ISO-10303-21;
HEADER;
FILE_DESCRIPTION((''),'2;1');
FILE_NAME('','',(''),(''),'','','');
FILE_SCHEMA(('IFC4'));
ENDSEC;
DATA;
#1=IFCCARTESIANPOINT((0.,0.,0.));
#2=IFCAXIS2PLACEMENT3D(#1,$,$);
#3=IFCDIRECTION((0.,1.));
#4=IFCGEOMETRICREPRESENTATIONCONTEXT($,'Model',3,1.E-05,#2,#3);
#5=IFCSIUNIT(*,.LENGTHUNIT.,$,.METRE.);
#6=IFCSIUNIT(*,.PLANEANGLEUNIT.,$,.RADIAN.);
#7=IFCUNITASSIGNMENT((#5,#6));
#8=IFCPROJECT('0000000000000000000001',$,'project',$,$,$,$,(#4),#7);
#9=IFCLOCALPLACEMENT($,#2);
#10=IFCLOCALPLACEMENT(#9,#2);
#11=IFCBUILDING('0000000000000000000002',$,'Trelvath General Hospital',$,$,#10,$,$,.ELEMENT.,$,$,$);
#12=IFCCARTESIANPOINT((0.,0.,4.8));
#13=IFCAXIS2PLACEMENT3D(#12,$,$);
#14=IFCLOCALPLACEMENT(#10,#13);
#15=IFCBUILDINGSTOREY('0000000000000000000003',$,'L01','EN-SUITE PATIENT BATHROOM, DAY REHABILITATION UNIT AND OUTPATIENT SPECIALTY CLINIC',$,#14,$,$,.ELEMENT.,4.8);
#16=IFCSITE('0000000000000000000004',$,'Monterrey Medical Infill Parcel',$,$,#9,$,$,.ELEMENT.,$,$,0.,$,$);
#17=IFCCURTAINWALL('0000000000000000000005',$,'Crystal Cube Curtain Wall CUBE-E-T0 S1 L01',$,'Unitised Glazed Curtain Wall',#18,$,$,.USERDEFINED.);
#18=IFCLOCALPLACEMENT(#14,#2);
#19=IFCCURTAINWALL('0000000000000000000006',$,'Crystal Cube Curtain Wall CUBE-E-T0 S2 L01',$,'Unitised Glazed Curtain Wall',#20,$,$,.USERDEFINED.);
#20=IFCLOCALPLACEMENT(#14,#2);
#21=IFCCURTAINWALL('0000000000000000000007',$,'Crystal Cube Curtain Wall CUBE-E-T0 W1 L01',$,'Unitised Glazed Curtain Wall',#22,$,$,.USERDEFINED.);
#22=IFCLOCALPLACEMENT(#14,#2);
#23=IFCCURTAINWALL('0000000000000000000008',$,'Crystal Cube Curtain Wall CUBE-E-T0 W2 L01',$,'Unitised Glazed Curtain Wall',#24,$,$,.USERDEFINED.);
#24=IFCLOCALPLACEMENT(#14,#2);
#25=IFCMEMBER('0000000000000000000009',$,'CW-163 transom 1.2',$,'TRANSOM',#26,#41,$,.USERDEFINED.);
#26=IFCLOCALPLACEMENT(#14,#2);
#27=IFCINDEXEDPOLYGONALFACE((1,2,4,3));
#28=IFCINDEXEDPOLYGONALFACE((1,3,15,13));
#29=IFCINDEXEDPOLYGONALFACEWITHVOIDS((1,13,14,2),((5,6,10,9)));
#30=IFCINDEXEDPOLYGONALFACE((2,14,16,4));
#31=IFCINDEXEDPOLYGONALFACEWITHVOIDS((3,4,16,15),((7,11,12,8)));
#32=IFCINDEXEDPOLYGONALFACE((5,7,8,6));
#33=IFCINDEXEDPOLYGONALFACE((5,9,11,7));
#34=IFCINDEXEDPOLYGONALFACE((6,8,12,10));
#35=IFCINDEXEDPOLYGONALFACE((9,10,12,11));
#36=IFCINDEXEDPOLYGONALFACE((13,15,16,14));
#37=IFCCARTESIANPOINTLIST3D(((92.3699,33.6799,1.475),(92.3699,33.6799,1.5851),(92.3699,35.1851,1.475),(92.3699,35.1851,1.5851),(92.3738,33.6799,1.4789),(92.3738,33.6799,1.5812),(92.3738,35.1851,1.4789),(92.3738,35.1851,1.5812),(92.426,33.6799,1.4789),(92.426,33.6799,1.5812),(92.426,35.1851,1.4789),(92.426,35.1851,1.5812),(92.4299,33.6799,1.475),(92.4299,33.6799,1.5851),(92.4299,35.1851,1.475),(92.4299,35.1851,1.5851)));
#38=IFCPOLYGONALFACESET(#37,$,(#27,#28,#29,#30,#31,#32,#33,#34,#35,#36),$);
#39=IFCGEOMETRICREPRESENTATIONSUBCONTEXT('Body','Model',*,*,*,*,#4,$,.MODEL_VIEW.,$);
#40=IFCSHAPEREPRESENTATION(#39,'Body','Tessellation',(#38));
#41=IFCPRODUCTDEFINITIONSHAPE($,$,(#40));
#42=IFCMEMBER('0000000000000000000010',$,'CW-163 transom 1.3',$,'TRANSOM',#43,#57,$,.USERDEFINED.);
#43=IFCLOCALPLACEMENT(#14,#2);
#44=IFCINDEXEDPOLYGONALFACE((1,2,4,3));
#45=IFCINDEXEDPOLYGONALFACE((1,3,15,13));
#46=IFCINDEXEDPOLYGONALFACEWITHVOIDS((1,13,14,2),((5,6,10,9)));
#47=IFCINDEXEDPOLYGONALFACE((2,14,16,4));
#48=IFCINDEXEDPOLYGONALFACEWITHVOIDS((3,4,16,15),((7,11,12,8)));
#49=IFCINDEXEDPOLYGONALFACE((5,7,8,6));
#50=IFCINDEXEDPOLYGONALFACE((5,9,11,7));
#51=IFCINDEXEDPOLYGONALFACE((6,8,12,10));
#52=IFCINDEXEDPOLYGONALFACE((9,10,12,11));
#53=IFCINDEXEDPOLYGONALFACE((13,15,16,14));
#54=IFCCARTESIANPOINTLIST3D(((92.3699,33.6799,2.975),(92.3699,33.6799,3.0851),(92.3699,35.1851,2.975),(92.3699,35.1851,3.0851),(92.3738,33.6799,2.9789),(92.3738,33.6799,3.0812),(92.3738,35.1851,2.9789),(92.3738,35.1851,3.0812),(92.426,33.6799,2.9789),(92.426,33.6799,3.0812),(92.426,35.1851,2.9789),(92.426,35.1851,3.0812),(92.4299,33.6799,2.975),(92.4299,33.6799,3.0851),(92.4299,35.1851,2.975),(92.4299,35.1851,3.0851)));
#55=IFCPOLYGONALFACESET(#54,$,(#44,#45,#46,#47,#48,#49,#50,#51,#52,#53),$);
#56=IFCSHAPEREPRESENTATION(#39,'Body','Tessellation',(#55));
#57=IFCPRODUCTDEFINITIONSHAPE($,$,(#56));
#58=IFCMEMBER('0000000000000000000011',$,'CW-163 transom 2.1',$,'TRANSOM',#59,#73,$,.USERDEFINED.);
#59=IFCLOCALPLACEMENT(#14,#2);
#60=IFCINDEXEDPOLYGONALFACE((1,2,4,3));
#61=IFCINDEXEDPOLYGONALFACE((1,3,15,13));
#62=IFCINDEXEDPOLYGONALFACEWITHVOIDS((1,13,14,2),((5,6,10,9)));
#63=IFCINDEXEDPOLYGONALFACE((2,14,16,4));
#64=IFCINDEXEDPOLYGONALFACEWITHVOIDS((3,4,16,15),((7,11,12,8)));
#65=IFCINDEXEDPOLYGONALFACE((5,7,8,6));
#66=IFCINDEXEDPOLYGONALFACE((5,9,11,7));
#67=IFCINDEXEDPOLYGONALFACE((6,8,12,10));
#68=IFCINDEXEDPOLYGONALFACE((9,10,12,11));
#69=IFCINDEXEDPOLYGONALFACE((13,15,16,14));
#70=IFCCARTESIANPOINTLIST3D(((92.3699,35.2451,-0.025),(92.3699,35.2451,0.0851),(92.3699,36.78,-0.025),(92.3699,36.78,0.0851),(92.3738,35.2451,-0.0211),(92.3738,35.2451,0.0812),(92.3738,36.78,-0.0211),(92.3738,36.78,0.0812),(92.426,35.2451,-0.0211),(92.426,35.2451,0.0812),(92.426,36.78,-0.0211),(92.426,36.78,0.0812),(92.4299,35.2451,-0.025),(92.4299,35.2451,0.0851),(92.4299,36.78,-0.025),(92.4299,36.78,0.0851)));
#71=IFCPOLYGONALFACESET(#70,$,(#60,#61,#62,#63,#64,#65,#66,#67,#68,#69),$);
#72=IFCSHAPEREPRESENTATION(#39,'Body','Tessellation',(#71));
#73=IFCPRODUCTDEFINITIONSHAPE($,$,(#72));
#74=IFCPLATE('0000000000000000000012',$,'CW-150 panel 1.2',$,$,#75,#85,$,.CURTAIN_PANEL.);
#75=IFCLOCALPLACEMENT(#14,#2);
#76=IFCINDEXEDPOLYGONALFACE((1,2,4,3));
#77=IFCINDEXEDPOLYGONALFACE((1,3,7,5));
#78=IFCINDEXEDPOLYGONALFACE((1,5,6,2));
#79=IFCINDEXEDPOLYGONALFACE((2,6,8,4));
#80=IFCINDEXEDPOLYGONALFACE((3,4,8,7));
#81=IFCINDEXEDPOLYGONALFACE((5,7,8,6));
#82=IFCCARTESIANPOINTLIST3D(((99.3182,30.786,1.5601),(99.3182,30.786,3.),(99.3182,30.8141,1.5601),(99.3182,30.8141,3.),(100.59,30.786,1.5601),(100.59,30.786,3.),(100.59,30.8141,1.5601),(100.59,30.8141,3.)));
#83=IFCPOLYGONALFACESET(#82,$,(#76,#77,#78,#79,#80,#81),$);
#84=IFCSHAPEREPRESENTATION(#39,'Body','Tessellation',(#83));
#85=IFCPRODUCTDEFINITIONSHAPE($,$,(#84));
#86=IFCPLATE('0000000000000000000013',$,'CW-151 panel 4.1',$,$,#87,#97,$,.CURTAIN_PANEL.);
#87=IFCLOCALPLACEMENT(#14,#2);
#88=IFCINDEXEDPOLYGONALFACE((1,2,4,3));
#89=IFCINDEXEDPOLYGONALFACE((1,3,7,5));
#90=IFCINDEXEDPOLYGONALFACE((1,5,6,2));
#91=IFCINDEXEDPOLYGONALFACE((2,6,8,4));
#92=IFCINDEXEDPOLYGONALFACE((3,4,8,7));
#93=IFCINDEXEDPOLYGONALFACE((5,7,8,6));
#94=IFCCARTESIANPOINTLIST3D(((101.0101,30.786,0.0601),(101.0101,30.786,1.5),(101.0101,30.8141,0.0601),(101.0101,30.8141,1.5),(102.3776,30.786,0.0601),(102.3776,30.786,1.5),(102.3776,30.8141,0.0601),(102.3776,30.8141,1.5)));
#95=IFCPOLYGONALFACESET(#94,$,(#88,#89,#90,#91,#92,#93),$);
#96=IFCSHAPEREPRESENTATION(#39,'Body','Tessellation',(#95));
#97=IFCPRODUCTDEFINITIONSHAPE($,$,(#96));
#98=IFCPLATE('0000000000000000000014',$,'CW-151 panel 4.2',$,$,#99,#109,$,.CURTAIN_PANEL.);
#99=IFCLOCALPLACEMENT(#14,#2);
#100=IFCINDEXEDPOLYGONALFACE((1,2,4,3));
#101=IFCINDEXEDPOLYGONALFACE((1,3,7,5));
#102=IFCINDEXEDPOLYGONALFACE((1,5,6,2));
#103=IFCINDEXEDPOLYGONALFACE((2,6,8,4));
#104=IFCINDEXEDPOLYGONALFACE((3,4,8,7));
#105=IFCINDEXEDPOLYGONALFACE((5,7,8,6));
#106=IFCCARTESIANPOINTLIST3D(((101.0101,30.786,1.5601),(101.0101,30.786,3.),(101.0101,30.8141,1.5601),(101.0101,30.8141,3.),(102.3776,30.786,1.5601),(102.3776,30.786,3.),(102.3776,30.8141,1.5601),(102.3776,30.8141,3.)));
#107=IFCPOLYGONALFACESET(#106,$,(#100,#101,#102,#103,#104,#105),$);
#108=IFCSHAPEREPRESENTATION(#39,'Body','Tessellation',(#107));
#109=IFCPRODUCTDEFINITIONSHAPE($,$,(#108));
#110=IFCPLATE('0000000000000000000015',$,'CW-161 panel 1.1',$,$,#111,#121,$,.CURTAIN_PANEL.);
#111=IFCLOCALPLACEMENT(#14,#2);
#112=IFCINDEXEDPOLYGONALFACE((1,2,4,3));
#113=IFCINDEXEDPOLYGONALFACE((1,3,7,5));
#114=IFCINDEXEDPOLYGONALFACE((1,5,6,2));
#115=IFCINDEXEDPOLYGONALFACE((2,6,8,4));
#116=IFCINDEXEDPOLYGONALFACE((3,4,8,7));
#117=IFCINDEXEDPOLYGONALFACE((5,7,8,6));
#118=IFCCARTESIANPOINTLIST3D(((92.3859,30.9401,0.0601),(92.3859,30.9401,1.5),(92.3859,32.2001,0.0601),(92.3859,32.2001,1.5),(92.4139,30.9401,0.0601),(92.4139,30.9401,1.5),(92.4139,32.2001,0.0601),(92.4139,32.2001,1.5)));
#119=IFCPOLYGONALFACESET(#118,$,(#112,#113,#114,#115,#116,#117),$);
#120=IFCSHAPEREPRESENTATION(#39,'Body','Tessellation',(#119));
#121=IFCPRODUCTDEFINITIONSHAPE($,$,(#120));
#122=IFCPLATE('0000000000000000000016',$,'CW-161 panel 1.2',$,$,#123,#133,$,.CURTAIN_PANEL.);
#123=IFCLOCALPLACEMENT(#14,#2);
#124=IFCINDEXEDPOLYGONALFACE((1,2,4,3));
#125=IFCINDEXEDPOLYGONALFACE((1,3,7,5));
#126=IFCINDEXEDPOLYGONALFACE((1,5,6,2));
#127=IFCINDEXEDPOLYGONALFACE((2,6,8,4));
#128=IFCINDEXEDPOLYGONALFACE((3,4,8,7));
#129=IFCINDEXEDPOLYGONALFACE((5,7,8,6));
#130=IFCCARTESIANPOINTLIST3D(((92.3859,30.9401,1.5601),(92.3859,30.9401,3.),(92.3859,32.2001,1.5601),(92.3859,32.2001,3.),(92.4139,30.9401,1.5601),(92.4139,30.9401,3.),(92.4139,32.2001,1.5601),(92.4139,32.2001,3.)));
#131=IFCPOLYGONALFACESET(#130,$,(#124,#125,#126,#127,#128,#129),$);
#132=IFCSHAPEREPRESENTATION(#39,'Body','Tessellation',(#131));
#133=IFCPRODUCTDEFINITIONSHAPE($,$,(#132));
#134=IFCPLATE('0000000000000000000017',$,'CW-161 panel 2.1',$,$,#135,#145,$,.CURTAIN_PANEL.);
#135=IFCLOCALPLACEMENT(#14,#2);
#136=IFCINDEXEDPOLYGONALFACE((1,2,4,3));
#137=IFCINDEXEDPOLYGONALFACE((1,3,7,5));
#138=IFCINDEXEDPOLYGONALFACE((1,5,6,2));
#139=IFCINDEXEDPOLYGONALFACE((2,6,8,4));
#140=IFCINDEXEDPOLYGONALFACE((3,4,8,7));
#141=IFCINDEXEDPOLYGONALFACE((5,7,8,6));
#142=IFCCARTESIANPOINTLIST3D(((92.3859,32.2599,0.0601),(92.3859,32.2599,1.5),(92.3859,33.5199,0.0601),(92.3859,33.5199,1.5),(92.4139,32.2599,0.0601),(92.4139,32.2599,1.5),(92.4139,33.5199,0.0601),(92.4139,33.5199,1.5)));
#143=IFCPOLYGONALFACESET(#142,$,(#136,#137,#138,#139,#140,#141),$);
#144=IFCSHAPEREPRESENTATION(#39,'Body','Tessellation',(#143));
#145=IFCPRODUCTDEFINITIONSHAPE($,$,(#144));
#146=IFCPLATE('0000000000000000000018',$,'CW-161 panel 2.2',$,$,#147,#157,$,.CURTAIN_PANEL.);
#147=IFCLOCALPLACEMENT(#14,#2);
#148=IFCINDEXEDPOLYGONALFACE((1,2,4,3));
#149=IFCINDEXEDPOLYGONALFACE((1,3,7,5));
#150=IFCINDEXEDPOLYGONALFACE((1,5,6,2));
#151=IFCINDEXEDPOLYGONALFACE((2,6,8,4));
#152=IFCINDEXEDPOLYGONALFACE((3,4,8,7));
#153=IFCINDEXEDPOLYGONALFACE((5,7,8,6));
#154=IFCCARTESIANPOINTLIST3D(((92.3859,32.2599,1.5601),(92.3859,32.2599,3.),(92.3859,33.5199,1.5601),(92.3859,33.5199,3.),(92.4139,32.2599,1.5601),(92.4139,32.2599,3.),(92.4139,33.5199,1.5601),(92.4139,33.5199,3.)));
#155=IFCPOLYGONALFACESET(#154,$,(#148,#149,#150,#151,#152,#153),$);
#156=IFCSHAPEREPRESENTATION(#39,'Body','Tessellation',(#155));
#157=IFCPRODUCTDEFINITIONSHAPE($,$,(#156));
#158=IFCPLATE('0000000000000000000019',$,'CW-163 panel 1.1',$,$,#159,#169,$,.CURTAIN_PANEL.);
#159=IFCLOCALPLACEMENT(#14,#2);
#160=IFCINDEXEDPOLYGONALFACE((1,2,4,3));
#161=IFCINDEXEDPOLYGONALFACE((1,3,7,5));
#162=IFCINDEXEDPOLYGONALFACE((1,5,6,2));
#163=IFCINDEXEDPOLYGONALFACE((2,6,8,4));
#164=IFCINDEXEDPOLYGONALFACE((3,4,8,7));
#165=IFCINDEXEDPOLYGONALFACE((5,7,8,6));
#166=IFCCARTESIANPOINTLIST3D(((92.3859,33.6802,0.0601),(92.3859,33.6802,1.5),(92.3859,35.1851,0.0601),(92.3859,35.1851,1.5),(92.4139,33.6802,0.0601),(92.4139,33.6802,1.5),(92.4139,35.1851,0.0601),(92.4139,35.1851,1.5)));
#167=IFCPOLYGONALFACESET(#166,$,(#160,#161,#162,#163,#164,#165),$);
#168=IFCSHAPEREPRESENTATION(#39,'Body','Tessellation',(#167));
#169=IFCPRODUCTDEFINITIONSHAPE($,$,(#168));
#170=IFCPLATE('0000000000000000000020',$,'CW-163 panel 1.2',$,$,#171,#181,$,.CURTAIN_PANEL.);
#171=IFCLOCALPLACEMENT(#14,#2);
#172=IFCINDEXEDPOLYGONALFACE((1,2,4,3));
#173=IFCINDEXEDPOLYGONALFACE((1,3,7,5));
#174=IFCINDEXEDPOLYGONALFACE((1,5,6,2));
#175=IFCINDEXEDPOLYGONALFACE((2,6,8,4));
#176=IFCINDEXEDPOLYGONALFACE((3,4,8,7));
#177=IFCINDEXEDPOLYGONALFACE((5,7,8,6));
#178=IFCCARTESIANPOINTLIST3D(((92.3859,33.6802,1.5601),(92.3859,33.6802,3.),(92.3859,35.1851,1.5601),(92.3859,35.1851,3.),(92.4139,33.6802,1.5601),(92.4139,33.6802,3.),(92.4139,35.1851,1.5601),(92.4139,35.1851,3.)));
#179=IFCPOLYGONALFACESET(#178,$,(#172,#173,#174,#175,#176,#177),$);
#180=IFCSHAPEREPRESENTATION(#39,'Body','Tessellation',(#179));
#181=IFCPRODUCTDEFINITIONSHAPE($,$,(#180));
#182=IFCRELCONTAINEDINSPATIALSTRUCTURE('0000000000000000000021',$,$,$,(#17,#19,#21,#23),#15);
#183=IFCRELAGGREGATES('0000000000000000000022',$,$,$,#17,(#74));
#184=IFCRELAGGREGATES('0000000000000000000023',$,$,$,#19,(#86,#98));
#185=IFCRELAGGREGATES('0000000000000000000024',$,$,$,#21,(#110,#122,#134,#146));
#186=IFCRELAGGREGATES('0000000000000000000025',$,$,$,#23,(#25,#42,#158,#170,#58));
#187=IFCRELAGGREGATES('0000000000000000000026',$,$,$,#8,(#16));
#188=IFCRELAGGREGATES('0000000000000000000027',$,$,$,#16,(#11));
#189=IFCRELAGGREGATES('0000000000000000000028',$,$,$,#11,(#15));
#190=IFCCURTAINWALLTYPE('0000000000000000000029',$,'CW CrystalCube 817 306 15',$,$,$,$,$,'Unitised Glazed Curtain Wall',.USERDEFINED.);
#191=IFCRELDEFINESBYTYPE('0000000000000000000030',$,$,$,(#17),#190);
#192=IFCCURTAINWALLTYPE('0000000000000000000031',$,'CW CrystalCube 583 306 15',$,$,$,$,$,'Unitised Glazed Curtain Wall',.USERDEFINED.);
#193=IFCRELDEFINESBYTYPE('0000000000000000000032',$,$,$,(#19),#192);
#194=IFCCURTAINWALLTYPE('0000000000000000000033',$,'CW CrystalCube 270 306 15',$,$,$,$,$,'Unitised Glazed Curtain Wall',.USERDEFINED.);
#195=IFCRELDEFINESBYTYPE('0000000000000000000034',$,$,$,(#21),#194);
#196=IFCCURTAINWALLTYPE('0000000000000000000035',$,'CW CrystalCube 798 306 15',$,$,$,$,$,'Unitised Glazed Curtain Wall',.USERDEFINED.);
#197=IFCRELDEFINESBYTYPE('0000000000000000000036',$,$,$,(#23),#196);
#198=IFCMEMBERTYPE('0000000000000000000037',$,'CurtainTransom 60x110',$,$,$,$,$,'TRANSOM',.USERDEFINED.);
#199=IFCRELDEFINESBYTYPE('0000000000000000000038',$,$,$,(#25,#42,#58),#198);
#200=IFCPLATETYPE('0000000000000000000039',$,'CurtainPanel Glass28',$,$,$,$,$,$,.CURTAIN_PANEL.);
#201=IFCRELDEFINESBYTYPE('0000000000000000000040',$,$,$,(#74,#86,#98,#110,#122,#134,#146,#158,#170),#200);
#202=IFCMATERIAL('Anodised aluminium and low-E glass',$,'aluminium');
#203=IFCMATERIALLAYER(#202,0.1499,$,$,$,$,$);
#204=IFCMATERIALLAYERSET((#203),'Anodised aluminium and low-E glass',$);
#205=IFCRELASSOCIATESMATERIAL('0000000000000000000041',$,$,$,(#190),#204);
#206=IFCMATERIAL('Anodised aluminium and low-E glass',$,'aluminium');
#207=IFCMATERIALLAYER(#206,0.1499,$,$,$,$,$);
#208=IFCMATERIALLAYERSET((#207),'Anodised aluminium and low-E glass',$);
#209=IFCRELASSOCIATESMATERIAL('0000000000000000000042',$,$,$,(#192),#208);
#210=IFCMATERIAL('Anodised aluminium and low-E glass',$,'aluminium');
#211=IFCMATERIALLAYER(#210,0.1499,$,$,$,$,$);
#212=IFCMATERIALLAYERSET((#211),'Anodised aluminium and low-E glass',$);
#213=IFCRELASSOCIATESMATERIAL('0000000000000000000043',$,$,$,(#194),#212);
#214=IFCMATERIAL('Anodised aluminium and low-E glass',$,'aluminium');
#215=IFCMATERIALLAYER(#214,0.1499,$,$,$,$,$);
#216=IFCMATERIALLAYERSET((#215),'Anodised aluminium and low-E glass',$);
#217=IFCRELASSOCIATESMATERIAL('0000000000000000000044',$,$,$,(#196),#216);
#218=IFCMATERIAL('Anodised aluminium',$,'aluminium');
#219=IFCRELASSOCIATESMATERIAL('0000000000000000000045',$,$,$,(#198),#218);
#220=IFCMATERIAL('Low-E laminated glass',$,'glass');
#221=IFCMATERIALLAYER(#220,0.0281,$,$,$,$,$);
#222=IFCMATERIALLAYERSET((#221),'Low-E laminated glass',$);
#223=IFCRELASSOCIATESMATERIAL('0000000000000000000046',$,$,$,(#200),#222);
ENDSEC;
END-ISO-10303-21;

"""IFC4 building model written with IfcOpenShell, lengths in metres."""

from ifc_helpers import new_model, si_unit, direction, frame, origin, origin_2d, place, context, subcontext, project, spatial, rectangle, hollow_rectangle, extrude, material, layer, layer_set, material_profile, profile_set, type_object, element, aggregate, save


model = new_model("IFC4")

# Units and contexts
model_context = context("Model", 3, precision=1e-05, world=origin(), true_north=direction((0.0, 1.0)))
body_context = subcontext(model_context, "Body", "Model", "MODEL_VIEW")
ifc_project = project(units=[si_unit("LENGTHUNIT", "METRE"), si_unit("PLANEANGLEUNIT", "RADIAN")], contexts=[model_context])

# Site, building, storey
site_placement = place(None, origin())
site = spatial("IfcSite", under=ifc_project, at=site_placement, Name="Monterrey Medical Infill Parcel", CompositionType="ELEMENT", RefElevation=0.0)
building_placement = place(site_placement, origin())
building = spatial("IfcBuilding", under=site, at=building_placement, Name="Trelvath General Hospital", CompositionType="ELEMENT")
storey_placement = place(building_placement, frame((0.0, 0.0, 4.8)))
storey = spatial("IfcBuildingStorey", under=building, at=storey_placement, Name="L01", Description="EN-SUITE PATIENT BATHROOM, DAY REHABILITATION UNIT AND OUTPATIENT SPECIALTY CLINIC", CompositionType="ELEMENT", Elevation=4.8)

# Curtain walls
ifc_material_1 = material(Name="Anodised aluminium and low-E glass", Category="aluminium")
ifc_layer_1 = layer(ifc_material_1, 0.1499)
ifc_layer_set_1 = layer_set([ifc_layer_1], Name="Anodised aluminium and low-E glass")
curtain_wall_type_1 = type_object("IfcCurtainWallType", Name="CW CrystalCube 817 306 15", ElementType="Unitised Glazed Curtain Wall", PredefinedType="USERDEFINED", material=ifc_layer_set_1)
curtain_wall_1_placement = place(storey_placement, origin())
curtain_wall_1 = element("IfcCurtainWall", 1, at=curtain_wall_1_placement, inside=storey, type_object=curtain_wall_type_1, Name="Crystal Cube Curtain Wall CUBE-E-T0 S1 L01", ObjectType="Unitised Glazed Curtain Wall", PredefinedType="USERDEFINED")
ifc_material_2 = material(Name="Anodised aluminium and low-E glass", Category="aluminium")
ifc_layer_2 = layer(ifc_material_2, 0.1499)
ifc_layer_set_2 = layer_set([ifc_layer_2], Name="Anodised aluminium and low-E glass")
curtain_wall_type_2 = type_object("IfcCurtainWallType", Name="CW CrystalCube 583 306 15", ElementType="Unitised Glazed Curtain Wall", PredefinedType="USERDEFINED", material=ifc_layer_set_2)
curtain_wall_2_placement = place(storey_placement, origin())
curtain_wall_2 = element("IfcCurtainWall", 2, at=curtain_wall_2_placement, inside=storey, type_object=curtain_wall_type_2, Name="Crystal Cube Curtain Wall CUBE-E-T0 S2 L01", ObjectType="Unitised Glazed Curtain Wall", PredefinedType="USERDEFINED")

# Curtain walls
ifc_material_3 = material(Name="Anodised aluminium and low-E glass", Category="aluminium")
ifc_layer_3 = layer(ifc_material_3, 0.1499)
ifc_layer_set_3 = layer_set([ifc_layer_3], Name="Anodised aluminium and low-E glass")
curtain_wall_type_3 = type_object("IfcCurtainWallType", Name="CW CrystalCube 270 306 15", ElementType="Unitised Glazed Curtain Wall", PredefinedType="USERDEFINED", material=ifc_layer_set_3)
curtain_wall_3_placement = place(storey_placement, origin())
curtain_wall_3 = element("IfcCurtainWall", 3, at=curtain_wall_3_placement, inside=storey, type_object=curtain_wall_type_3, Name="Crystal Cube Curtain Wall CUBE-E-T0 W1 L01", ObjectType="Unitised Glazed Curtain Wall", PredefinedType="USERDEFINED")
ifc_material_4 = material(Name="Anodised aluminium and low-E glass", Category="aluminium")
ifc_layer_4 = layer(ifc_material_4, 0.1499)
ifc_layer_set_4 = layer_set([ifc_layer_4], Name="Anodised aluminium and low-E glass")
curtain_wall_type_4 = type_object("IfcCurtainWallType", Name="CW CrystalCube 798 306 15", ElementType="Unitised Glazed Curtain Wall", PredefinedType="USERDEFINED", material=ifc_layer_set_4)
curtain_wall_4_placement = place(storey_placement, origin())
curtain_wall_4 = element("IfcCurtainWall", 4, at=curtain_wall_4_placement, inside=storey, type_object=curtain_wall_type_4, Name="Crystal Cube Curtain Wall CUBE-E-T0 W2 L01", ObjectType="Unitised Glazed Curtain Wall", PredefinedType="USERDEFINED")

# Members
ifc_material_5 = material(Name="Anodised aluminium", Category="aluminium")
ifc_material_profile_1 = material_profile(ifc_material_5, hollow_rectangle(XDim=0.0601, YDim=0.1101, WallThickness=0.0039, at=origin_2d()), Name="RHS60x110x4")
ifc_profile_set_1 = profile_set([ifc_material_profile_1], Name="Anodised aluminium")
member_type_1 = type_object("IfcMemberType", Name="CurtainTransom 60x110", ElementType="TRANSOM", PredefinedType="USERDEFINED", material=ifc_profile_set_1)
member_1_placement = place(storey_placement, frame((92.3999, 33.6799, 1.53), z_axis=(0.0, 1.0, 0.0), x_axis=(-1.0, 0.0, 0.0)))
member_1 = element("IfcMember", 5, at=member_1_placement, type_object=member_type_1, Name="CW-163 transom 1.2", ObjectType="TRANSOM", PredefinedType="USERDEFINED", context=body_context, shape_type="SweptSolid", body=[
    extrude(hollow_rectangle(XDim=0.0601, YDim=0.1101, WallThickness=0.0039, at=origin_2d()), origin(), (0.0, 0.0, 1.0), 1.5051),
])
member_2_placement = place(storey_placement, frame((92.3999, 33.6799, 3.03), z_axis=(0.0, 1.0, 0.0), x_axis=(-1.0, 0.0, 0.0)))
member_2 = element("IfcMember", 6, at=member_2_placement, type_object=member_type_1, Name="CW-163 transom 1.3", ObjectType="TRANSOM", PredefinedType="USERDEFINED", context=body_context, shape_type="SweptSolid", body=[
    extrude(hollow_rectangle(XDim=0.0601, YDim=0.1101, WallThickness=0.0039, at=origin_2d()), origin(), (0.0, 0.0, 1.0), 1.5051),
])
member_3_placement = place(storey_placement, frame((92.3999, 35.2451, 0.03), z_axis=(0.0, 1.0, 0.0), x_axis=(-1.0, 0.0, 0.0)))
member_3 = element("IfcMember", 7, at=member_3_placement, type_object=member_type_1, Name="CW-163 transom 2.1", ObjectType="TRANSOM", PredefinedType="USERDEFINED", context=body_context, shape_type="SweptSolid", body=[
    extrude(hollow_rectangle(XDim=0.0601, YDim=0.1101, WallThickness=0.0039, at=origin_2d()), origin(), (0.0, 0.0, 1.0), 1.5349),
])

# Plates
ifc_material_6 = material(Name="Low-E laminated glass", Category="glass")
ifc_layer_5 = layer(ifc_material_6, 0.0281)
ifc_layer_set_5 = layer_set([ifc_layer_5], Name="Low-E laminated glass")
plate_type = type_object("IfcPlateType", Name="CurtainPanel Glass28", PredefinedType="CURTAIN_PANEL", material=ifc_layer_set_5)
plate_1_placement = place(storey_placement, frame((99.9541, 30.8, 1.5601), z_axis=(0.0, 0.0, 1.0), x_axis=(-1.0, 0.0, 0.0)))
plate_1 = element("IfcPlate", 8, at=plate_1_placement, type_object=plate_type, Name="CW-150 panel 1.2", PredefinedType="CURTAIN_PANEL", context=body_context, shape_type="SweptSolid", body=[
    extrude(rectangle(XDim=1.2717, YDim=0.0281, at=origin_2d()), origin(), (0.0, 0.0, 1.0), 1.4399),
])
aggregate(curtain_wall_1, [plate_1])
plate_2_placement = place(storey_placement, frame((101.6938, 30.8, 0.0601), z_axis=(0.0, 0.0, 1.0), x_axis=(-1.0, 0.0, 0.0)))
plate_2 = element("IfcPlate", 9, at=plate_2_placement, type_object=plate_type, Name="CW-151 panel 4.1", PredefinedType="CURTAIN_PANEL", context=body_context, shape_type="SweptSolid", body=[
    extrude(rectangle(XDim=1.3674, YDim=0.0281, at=origin_2d()), origin(), (0.0, 0.0, 1.0), 1.4399),
])
plate_3_placement = place(storey_placement, frame((101.6938, 30.8, 1.5601), z_axis=(0.0, 0.0, 1.0), x_axis=(-1.0, 0.0, 0.0)))
plate_3 = element("IfcPlate", 10, at=plate_3_placement, type_object=plate_type, Name="CW-151 panel 4.2", PredefinedType="CURTAIN_PANEL", context=body_context, shape_type="SweptSolid", body=[
    extrude(rectangle(XDim=1.3674, YDim=0.0281, at=origin_2d()), origin(), (0.0, 0.0, 1.0), 1.4399),
])
aggregate(curtain_wall_2, [plate_2, plate_3])
plate_4_placement = place(storey_placement, frame((92.3999, 31.5701, 0.0601), z_axis=(0.0, 0.0, 1.0), x_axis=(0.0, 1.0, 0.0)))
plate_4 = element("IfcPlate", 11, at=plate_4_placement, type_object=plate_type, Name="CW-161 panel 1.1", PredefinedType="CURTAIN_PANEL", context=body_context, shape_type="SweptSolid", body=[
    extrude(rectangle(XDim=1.26, YDim=0.0281, at=origin_2d()), origin(), (0.0, 0.0, 1.0), 1.4399),
])
plate_5_placement = place(storey_placement, frame((92.3999, 31.5701, 1.5601), z_axis=(0.0, 0.0, 1.0), x_axis=(0.0, 1.0, 0.0)))
plate_5 = element("IfcPlate", 12, at=plate_5_placement, type_object=plate_type, Name="CW-161 panel 1.2", PredefinedType="CURTAIN_PANEL", context=body_context, shape_type="SweptSolid", body=[
    extrude(rectangle(XDim=1.26, YDim=0.0281, at=origin_2d()), origin(), (0.0, 0.0, 1.0), 1.4399),
])
plate_6_placement = place(storey_placement, frame((92.3999, 32.8899, 0.0601), z_axis=(0.0, 0.0, 1.0), x_axis=(0.0, 1.0, 0.0)))
plate_6 = element("IfcPlate", 13, at=plate_6_placement, type_object=plate_type, Name="CW-161 panel 2.1", PredefinedType="CURTAIN_PANEL", context=body_context, shape_type="SweptSolid", body=[
    extrude(rectangle(XDim=1.26, YDim=0.0281, at=origin_2d()), origin(), (0.0, 0.0, 1.0), 1.4399),
])
plate_7_placement = place(storey_placement, frame((92.3999, 32.8899, 1.5601), z_axis=(0.0, 0.0, 1.0), x_axis=(0.0, 1.0, 0.0)))
plate_7 = element("IfcPlate", 14, at=plate_7_placement, type_object=plate_type, Name="CW-161 panel 2.2", PredefinedType="CURTAIN_PANEL", context=body_context, shape_type="SweptSolid", body=[
    extrude(rectangle(XDim=1.26, YDim=0.0281, at=origin_2d()), origin(), (0.0, 0.0, 1.0), 1.4399),
])
aggregate(curtain_wall_3, [plate_4, plate_5, plate_6, plate_7])
plate_8_placement = place(storey_placement, frame((92.3999, 34.4326, 0.0601), z_axis=(0.0, 0.0, 1.0), x_axis=(0.0, 1.0, 0.0)))
plate_8 = element("IfcPlate", 15, at=plate_8_placement, type_object=plate_type, Name="CW-163 panel 1.1", PredefinedType="CURTAIN_PANEL", context=body_context, shape_type="SweptSolid", body=[
    extrude(rectangle(XDim=1.5049, YDim=0.0281, at=origin_2d()), origin(), (0.0, 0.0, 1.0), 1.4399),
])
plate_9_placement = place(storey_placement, frame((92.3999, 34.4326, 1.5601), z_axis=(0.0, 0.0, 1.0), x_axis=(0.0, 1.0, 0.0)))
plate_9 = element("IfcPlate", 16, at=plate_9_placement, type_object=plate_type, Name="CW-163 panel 1.2", PredefinedType="CURTAIN_PANEL", context=body_context, shape_type="SweptSolid", body=[
    extrude(rectangle(XDim=1.5049, YDim=0.0281, at=origin_2d()), origin(), (0.0, 0.0, 1.0), 1.4399),
])
aggregate(curtain_wall_4, [member_1, member_2, plate_8, plate_9, member_3])

save(model, "model.ifc")
